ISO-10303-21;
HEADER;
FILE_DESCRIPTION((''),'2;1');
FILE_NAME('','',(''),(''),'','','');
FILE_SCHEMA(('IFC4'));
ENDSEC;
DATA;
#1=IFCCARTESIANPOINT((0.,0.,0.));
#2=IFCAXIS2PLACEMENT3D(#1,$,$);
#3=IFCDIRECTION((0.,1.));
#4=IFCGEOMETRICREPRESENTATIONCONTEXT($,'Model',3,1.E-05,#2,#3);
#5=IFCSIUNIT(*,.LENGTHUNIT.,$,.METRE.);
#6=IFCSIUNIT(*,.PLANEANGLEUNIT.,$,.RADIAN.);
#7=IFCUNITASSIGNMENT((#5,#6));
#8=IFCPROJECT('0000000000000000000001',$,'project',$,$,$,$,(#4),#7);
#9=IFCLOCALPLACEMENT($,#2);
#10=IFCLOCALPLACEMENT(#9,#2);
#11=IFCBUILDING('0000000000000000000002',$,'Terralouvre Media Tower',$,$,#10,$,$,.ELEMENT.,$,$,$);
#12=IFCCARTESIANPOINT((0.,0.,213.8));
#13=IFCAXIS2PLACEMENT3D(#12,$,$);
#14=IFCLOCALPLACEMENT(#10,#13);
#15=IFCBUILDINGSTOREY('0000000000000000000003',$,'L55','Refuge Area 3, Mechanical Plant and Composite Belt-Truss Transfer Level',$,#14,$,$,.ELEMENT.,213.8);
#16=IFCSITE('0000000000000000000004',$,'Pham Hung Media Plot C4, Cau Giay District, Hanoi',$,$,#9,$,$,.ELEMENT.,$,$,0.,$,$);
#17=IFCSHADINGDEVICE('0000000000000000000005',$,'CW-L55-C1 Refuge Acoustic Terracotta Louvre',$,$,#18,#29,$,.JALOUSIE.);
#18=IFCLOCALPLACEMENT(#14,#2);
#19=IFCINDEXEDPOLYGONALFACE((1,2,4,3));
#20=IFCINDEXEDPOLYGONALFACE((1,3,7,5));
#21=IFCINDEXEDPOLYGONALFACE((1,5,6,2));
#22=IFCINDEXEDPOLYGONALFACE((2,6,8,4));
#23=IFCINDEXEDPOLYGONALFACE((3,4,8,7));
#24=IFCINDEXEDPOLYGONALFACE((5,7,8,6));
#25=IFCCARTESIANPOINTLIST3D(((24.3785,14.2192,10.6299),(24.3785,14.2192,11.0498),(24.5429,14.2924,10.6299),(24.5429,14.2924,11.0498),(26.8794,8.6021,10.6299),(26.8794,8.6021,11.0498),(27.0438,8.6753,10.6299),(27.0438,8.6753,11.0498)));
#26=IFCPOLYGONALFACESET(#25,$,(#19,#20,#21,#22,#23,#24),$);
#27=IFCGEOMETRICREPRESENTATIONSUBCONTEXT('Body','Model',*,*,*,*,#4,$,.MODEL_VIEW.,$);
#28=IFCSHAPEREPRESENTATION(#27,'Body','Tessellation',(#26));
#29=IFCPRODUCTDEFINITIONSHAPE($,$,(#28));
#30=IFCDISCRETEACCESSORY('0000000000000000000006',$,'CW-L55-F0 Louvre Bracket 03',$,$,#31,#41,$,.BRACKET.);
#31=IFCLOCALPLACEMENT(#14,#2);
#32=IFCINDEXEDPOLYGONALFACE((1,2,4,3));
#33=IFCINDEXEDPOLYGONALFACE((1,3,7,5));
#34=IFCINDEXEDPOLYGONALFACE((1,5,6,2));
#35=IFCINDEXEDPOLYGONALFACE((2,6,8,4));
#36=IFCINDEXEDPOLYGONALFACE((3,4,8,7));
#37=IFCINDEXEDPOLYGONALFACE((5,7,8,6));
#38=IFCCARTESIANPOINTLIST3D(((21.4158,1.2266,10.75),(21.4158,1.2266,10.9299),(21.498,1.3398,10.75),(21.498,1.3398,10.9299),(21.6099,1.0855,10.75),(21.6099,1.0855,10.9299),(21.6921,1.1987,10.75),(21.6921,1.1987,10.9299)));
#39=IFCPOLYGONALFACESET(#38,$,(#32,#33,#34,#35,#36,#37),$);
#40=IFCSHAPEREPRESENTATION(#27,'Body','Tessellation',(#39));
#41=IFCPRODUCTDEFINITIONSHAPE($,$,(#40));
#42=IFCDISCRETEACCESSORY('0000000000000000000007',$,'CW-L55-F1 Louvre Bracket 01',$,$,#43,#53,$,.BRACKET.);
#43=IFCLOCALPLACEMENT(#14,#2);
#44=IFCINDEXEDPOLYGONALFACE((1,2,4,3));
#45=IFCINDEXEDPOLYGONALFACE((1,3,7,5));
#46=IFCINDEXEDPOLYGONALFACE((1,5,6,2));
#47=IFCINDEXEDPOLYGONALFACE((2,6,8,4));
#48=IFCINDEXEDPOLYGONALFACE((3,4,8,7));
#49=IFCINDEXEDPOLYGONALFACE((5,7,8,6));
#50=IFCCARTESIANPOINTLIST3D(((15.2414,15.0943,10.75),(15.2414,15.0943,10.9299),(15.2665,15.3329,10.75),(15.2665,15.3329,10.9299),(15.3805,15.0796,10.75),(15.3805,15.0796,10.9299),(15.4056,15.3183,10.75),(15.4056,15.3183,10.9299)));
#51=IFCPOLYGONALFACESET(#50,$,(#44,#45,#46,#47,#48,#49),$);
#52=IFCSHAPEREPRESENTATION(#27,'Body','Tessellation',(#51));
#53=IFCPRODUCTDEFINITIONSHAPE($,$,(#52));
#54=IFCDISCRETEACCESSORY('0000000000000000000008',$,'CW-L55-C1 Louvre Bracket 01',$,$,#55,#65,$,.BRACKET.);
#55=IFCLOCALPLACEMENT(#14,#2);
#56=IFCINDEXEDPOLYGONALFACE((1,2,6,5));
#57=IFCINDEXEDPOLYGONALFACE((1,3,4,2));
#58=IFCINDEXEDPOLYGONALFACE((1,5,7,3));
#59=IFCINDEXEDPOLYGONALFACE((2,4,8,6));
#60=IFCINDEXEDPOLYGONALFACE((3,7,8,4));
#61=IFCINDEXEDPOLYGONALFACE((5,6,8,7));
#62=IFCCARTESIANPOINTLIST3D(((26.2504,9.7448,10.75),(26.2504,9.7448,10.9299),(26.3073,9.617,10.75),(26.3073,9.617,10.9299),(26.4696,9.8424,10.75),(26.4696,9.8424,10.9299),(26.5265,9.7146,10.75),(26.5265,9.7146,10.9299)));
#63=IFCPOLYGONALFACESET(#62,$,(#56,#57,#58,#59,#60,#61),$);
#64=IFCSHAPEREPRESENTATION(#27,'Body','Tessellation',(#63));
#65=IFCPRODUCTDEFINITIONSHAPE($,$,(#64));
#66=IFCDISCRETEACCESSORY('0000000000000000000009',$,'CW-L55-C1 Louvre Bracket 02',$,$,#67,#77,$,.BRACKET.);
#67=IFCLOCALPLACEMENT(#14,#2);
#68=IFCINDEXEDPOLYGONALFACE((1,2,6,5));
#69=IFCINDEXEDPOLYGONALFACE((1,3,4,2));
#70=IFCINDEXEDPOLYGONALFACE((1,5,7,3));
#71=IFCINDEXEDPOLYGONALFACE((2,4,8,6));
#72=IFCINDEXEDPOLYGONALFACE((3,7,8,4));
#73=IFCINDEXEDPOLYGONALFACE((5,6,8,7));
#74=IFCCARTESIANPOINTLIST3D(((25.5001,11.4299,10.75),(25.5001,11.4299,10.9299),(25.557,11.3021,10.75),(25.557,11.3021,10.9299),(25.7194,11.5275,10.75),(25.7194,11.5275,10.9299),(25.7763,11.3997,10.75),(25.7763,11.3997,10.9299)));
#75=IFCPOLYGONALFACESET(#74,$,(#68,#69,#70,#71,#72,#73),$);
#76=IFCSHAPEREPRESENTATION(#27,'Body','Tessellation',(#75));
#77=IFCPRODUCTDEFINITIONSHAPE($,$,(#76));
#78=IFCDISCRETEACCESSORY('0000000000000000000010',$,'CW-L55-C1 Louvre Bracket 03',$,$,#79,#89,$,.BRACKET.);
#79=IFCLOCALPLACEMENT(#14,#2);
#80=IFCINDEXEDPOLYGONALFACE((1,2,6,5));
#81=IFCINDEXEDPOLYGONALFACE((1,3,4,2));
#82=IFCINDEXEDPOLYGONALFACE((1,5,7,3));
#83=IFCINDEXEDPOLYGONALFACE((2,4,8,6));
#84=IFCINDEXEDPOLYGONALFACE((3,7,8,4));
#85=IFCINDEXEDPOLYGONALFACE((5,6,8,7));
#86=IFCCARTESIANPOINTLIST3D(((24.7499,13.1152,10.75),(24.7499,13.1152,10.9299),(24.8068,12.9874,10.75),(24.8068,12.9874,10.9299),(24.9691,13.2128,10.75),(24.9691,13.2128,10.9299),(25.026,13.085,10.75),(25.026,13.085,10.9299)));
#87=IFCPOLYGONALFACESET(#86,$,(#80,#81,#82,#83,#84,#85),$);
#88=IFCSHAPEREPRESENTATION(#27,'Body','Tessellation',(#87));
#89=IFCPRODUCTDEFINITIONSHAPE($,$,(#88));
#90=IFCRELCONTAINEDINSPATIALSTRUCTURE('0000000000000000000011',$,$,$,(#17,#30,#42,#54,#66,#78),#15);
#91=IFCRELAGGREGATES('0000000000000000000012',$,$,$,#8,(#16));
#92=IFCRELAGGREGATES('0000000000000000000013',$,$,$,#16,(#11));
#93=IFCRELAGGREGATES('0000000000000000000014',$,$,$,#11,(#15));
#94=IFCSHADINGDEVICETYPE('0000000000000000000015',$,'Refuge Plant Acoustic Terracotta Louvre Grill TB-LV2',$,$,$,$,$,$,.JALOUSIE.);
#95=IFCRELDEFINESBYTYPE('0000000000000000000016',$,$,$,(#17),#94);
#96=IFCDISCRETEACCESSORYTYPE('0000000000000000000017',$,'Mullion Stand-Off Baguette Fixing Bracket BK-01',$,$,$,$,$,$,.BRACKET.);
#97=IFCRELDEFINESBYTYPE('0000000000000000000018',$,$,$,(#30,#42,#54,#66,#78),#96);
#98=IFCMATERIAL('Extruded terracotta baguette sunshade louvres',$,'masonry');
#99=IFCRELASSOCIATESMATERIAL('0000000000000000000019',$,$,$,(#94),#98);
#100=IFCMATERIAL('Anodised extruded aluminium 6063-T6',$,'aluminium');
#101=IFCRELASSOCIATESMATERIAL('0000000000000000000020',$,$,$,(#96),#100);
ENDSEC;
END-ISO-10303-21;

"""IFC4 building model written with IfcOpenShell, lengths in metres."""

from ifc_helpers import new_model, si_unit, direction, frame, origin, origin_2d, place, context, subcontext, project, spatial, rectangle, extrude, material, type_object, element, save


model = new_model("IFC4")

# Units and contexts
model_context = context("Model", 3, precision=1e-05, world=origin(), true_north=direction((0.0, 1.0)))
body_context = subcontext(model_context, "Body", "Model", "MODEL_VIEW")
ifc_project = project(units=[si_unit("LENGTHUNIT", "METRE"), si_unit("PLANEANGLEUNIT", "RADIAN")], contexts=[model_context])

# Site, building, storey
site_placement = place(None, origin())
site = spatial("IfcSite", under=ifc_project, at=site_placement, Name="Pham Hung Media Plot C4, Cau Giay District, Hanoi", CompositionType="ELEMENT", RefElevation=0.0)
building_placement = place(site_placement, origin())
building = spatial("IfcBuilding", under=site, at=building_placement, Name="Terralouvre Media Tower", CompositionType="ELEMENT")
storey_placement = place(building_placement, frame((0.0, 0.0, 213.8)))
storey = spatial("IfcBuildingStorey", under=building, at=storey_placement, Name="L55", Description="Refuge Area 3, Mechanical Plant and Composite Belt-Truss Transfer Level", CompositionType="ELEMENT", Elevation=213.8)

# Shading device
ifc_material_1 = material(Name="Extruded terracotta baguette sunshade louvres", Category="masonry")
shading_device_type = type_object("IfcShadingDeviceType", Name="Refuge Plant Acoustic Terracotta Louvre Grill TB-LV2", PredefinedType="JALOUSIE", material=ifc_material_1)
shading_device_placement = place(storey_placement, frame((25.7112, 11.4473, 10.6299), z_axis=(0.0, 0.0, 1.0), x_axis=(-0.406737, 0.913545, 0.0)))
element("IfcShadingDevice", 1, at=shading_device_placement, inside=storey, type_object=shading_device_type, Name="CW-L55-C1 Refuge Acoustic Terracotta Louvre", PredefinedType="JALOUSIE", context=body_context, shape_type="SweptSolid", body=[
    extrude(rectangle(XDim=6.1487, YDim=0.1799, at=origin_2d()), origin(), (0.0, 0.0, 1.0), 0.4199),
])

# Discrete accessories
ifc_material_2 = material(Name="Anodised extruded aluminium 6063-T6", Category="aluminium")
discrete_accessory_type = type_object("IfcDiscreteAccessoryType", Name="Mullion Stand-Off Baguette Fixing Bracket BK-01", PredefinedType="BRACKET", material=ifc_material_2)
for number, where, z_axis, x_axis, name in (
    (2, (21.554, 1.2126, 10.75), (0.0, 0.0, 1.0), (0.587785, 0.809017, 0.0), "CW-L55-F0 Louvre Bracket 03"),
    (3, (15.3235, 15.2063, 10.75), (0.0, 0.0, 1.0), (-0.994522, 0.104529, 0.0), "CW-L55-F1 Louvre Bracket 01"),
    (4, (26.3884, 9.7297, 10.75), (0.0, 0.0, 1.0), (-0.406737, 0.913545, 0.0), "CW-L55-C1 Louvre Bracket 01"),
    (5, (25.6382, 11.4148, 10.75), (0.0, 0.0, 1.0), (-0.406737, 0.913545, 0.0), "CW-L55-C1 Louvre Bracket 02"),
    (6, (24.8879, 13.1001, 10.75), (0.0, 0.0, 1.0), (-0.406737, 0.913545, 0.0), "CW-L55-C1 Louvre Bracket 03"),
):
    element("IfcDiscreteAccessory", number, at=place(storey_placement, frame(where, z_axis=z_axis, x_axis=x_axis)), inside=storey, type_object=discrete_accessory_type, Name=name, PredefinedType="BRACKET", context=body_context, shape_type="SweptSolid", body=[
        extrude(rectangle(XDim=0.1399, YDim=0.24, at=origin_2d()), origin(), (0.0, 0.0, 1.0), 0.1799),
    ])

save(model, "model.ifc")
